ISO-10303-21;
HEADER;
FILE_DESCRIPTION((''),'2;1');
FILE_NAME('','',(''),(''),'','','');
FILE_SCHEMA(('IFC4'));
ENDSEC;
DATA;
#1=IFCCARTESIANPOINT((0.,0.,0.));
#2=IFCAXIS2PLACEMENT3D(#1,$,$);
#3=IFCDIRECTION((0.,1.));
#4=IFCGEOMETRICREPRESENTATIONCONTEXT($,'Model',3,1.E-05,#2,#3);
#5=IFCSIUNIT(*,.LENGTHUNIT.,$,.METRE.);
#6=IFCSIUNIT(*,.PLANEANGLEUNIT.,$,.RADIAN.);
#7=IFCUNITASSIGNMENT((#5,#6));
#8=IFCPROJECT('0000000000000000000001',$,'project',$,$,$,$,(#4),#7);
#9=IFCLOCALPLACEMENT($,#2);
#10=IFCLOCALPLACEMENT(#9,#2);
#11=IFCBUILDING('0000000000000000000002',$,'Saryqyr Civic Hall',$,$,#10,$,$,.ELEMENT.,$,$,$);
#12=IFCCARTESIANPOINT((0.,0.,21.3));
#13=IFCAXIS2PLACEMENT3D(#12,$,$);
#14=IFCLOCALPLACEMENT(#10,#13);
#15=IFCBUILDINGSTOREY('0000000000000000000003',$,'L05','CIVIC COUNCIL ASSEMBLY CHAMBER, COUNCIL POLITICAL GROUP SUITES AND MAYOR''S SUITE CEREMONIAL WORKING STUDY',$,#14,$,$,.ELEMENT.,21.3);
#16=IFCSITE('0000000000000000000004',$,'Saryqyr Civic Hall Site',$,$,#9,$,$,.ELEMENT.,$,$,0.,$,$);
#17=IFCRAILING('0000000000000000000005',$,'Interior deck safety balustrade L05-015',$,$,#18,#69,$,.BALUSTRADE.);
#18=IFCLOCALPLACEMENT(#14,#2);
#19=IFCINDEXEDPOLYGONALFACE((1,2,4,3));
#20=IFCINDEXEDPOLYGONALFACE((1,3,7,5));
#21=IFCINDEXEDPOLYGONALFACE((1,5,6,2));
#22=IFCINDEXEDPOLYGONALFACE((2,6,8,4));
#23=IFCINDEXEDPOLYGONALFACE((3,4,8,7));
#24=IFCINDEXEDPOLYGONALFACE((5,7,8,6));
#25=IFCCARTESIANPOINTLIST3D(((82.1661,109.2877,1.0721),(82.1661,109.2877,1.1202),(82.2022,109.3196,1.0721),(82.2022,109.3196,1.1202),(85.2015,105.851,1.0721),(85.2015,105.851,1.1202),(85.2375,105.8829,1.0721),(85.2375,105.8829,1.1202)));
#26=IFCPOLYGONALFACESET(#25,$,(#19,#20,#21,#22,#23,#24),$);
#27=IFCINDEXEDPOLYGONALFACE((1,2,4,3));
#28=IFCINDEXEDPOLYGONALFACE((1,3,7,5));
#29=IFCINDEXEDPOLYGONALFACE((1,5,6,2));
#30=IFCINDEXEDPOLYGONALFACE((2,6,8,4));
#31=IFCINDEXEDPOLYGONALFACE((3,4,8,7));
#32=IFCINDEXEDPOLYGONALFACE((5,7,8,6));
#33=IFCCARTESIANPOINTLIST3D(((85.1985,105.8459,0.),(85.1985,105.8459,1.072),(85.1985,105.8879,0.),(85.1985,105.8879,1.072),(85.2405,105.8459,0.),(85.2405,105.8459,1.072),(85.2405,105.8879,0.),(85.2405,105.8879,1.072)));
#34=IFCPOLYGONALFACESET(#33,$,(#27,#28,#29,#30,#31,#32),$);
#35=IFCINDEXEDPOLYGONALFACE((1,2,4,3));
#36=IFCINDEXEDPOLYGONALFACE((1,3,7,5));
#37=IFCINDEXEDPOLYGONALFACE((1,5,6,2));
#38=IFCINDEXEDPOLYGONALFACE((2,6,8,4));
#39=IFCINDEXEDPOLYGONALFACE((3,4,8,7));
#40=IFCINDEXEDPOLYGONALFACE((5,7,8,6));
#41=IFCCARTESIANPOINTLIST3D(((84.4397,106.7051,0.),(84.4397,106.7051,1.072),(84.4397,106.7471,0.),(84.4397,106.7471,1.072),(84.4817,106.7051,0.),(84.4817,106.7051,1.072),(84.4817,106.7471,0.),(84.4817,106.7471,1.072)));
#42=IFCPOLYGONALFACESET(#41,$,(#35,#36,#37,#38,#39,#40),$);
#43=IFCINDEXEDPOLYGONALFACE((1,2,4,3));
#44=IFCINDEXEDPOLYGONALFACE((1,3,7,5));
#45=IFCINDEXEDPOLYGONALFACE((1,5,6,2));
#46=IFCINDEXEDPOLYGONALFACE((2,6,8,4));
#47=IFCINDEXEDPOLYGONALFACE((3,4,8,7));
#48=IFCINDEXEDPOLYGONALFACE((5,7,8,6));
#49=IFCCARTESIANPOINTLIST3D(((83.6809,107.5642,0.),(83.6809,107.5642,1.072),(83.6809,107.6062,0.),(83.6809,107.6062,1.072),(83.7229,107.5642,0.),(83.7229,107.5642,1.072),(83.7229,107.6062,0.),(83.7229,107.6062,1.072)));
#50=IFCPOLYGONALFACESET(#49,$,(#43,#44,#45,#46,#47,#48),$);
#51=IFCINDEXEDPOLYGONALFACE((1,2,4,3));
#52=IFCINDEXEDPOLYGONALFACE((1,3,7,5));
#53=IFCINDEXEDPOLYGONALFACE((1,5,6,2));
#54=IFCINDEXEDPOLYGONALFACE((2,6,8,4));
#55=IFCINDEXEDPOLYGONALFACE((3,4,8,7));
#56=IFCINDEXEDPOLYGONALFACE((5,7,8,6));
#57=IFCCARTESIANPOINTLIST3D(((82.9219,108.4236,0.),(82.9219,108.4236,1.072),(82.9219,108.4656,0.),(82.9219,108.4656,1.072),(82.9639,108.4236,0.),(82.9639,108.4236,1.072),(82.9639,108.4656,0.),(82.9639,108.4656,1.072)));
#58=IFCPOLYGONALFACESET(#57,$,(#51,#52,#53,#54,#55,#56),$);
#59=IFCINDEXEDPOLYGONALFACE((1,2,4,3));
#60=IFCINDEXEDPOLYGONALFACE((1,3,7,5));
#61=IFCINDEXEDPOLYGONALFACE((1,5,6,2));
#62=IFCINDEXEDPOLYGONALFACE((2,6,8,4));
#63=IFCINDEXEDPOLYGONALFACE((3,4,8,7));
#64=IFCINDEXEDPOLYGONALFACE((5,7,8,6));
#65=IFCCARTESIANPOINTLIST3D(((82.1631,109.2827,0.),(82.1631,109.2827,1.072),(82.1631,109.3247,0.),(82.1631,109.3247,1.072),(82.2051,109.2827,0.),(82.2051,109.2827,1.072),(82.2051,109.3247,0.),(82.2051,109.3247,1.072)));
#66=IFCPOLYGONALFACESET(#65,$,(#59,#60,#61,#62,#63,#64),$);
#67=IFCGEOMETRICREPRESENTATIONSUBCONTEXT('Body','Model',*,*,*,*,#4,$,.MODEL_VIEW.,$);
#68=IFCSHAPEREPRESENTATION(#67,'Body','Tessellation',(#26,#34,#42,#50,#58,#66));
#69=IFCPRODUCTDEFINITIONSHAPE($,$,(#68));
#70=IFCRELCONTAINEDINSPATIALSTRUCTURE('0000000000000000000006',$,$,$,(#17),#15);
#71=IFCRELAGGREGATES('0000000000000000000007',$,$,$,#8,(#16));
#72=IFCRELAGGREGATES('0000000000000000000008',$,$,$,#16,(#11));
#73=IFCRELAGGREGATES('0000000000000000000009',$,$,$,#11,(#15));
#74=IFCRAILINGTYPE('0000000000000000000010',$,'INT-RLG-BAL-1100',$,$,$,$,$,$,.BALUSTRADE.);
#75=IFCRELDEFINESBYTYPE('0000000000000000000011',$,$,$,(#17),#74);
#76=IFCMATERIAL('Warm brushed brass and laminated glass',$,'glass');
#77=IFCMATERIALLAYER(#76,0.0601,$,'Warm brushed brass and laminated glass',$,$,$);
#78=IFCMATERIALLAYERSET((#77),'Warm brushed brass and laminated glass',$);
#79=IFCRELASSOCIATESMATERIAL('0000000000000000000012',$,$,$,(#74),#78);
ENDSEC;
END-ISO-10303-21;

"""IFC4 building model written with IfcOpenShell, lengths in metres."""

from ifc_helpers import new_model, si_unit, direction, frame, origin, origin_2d, place, context, subcontext, project, spatial, rectangle, extrude, material, layer, layer_set, type_object, element, save


model = new_model("IFC4")

# Units and contexts
model_context = context("Model", 3, precision=1e-05, world=origin(), true_north=direction((0.0, 1.0)))
body_context = subcontext(model_context, "Body", "Model", "MODEL_VIEW")
ifc_project = project(units=[si_unit("LENGTHUNIT", "METRE"), si_unit("PLANEANGLEUNIT", "RADIAN")], contexts=[model_context])

# Site, building, storey
site_placement = place(None, origin())
site = spatial("IfcSite", under=ifc_project, at=site_placement, Name="Saryqyr Civic Hall Site", CompositionType="ELEMENT", RefElevation=0.0)
building_placement = place(site_placement, origin())
building = spatial("IfcBuilding", under=site, at=building_placement, Name="Saryqyr Civic Hall", CompositionType="ELEMENT")
storey_placement = place(building_placement, frame((0.0, 0.0, 21.3)))
storey = spatial("IfcBuildingStorey", under=building, at=storey_placement, Name="L05", Description="CIVIC COUNCIL ASSEMBLY CHAMBER, COUNCIL POLITICAL GROUP SUITES AND MAYOR'S SUITE CEREMONIAL WORKING STUDY", CompositionType="ELEMENT", Elevation=21.3)

# Railing
ifc_material_1 = material(Name="Warm brushed brass and laminated glass", Category="glass")
ifc_layer_1 = layer(ifc_material_1, 0.0601, Name="Warm brushed brass and laminated glass")
ifc_layer_set_1 = layer_set([ifc_layer_1], Name="Warm brushed brass and laminated glass")
railing_type_1 = type_object("IfcRailingType", Name="INT-RLG-BAL-1100", PredefinedType="BALUSTRADE", material=ifc_layer_set_1)
railing_1_placement = place(storey_placement, frame((85.2195, 105.8669, 0.0)))
element("IfcRailing", 1, at=railing_1_placement, inside=storey, type_object=railing_type_1, Name="Interior deck safety balustrade L05-015", PredefinedType="BALUSTRADE", context=body_context, shape_type="SweptSolid", body=[
    extrude(rectangle(XDim=0.0481, YDim=0.0481, at=origin_2d()), frame((0.0, 0.0, 1.0962), z_axis=(-0.661984, 0.749518, 0.0), x_axis=(-0.749518, -0.661984, 0.0)), (0.0, 0.0, 1.0), 4.5852),
    extrude(rectangle(XDim=0.042, YDim=0.042, at=origin_2d()), origin(), (0.0, 0.0, 1.0), 1.072),
    extrude(rectangle(XDim=0.042, YDim=0.042, at=origin_2d()), frame((-0.7588, 0.8591, 0.0)), (0.0, 0.0, 1.0), 1.072),
    extrude(rectangle(XDim=0.042, YDim=0.042, at=origin_2d()), frame((-1.5176, 1.7183, 0.0)), (0.0, 0.0, 1.0), 1.072),
    extrude(rectangle(XDim=0.042, YDim=0.042, at=origin_2d()), frame((-2.2766, 2.5776, 0.0)), (0.0, 0.0, 1.0), 1.072),
    extrude(rectangle(XDim=0.042, YDim=0.042, at=origin_2d()), frame((-3.0354, 3.4368, 0.0)), (0.0, 0.0, 1.0), 1.072),
])

save(model, "model.ifc")
